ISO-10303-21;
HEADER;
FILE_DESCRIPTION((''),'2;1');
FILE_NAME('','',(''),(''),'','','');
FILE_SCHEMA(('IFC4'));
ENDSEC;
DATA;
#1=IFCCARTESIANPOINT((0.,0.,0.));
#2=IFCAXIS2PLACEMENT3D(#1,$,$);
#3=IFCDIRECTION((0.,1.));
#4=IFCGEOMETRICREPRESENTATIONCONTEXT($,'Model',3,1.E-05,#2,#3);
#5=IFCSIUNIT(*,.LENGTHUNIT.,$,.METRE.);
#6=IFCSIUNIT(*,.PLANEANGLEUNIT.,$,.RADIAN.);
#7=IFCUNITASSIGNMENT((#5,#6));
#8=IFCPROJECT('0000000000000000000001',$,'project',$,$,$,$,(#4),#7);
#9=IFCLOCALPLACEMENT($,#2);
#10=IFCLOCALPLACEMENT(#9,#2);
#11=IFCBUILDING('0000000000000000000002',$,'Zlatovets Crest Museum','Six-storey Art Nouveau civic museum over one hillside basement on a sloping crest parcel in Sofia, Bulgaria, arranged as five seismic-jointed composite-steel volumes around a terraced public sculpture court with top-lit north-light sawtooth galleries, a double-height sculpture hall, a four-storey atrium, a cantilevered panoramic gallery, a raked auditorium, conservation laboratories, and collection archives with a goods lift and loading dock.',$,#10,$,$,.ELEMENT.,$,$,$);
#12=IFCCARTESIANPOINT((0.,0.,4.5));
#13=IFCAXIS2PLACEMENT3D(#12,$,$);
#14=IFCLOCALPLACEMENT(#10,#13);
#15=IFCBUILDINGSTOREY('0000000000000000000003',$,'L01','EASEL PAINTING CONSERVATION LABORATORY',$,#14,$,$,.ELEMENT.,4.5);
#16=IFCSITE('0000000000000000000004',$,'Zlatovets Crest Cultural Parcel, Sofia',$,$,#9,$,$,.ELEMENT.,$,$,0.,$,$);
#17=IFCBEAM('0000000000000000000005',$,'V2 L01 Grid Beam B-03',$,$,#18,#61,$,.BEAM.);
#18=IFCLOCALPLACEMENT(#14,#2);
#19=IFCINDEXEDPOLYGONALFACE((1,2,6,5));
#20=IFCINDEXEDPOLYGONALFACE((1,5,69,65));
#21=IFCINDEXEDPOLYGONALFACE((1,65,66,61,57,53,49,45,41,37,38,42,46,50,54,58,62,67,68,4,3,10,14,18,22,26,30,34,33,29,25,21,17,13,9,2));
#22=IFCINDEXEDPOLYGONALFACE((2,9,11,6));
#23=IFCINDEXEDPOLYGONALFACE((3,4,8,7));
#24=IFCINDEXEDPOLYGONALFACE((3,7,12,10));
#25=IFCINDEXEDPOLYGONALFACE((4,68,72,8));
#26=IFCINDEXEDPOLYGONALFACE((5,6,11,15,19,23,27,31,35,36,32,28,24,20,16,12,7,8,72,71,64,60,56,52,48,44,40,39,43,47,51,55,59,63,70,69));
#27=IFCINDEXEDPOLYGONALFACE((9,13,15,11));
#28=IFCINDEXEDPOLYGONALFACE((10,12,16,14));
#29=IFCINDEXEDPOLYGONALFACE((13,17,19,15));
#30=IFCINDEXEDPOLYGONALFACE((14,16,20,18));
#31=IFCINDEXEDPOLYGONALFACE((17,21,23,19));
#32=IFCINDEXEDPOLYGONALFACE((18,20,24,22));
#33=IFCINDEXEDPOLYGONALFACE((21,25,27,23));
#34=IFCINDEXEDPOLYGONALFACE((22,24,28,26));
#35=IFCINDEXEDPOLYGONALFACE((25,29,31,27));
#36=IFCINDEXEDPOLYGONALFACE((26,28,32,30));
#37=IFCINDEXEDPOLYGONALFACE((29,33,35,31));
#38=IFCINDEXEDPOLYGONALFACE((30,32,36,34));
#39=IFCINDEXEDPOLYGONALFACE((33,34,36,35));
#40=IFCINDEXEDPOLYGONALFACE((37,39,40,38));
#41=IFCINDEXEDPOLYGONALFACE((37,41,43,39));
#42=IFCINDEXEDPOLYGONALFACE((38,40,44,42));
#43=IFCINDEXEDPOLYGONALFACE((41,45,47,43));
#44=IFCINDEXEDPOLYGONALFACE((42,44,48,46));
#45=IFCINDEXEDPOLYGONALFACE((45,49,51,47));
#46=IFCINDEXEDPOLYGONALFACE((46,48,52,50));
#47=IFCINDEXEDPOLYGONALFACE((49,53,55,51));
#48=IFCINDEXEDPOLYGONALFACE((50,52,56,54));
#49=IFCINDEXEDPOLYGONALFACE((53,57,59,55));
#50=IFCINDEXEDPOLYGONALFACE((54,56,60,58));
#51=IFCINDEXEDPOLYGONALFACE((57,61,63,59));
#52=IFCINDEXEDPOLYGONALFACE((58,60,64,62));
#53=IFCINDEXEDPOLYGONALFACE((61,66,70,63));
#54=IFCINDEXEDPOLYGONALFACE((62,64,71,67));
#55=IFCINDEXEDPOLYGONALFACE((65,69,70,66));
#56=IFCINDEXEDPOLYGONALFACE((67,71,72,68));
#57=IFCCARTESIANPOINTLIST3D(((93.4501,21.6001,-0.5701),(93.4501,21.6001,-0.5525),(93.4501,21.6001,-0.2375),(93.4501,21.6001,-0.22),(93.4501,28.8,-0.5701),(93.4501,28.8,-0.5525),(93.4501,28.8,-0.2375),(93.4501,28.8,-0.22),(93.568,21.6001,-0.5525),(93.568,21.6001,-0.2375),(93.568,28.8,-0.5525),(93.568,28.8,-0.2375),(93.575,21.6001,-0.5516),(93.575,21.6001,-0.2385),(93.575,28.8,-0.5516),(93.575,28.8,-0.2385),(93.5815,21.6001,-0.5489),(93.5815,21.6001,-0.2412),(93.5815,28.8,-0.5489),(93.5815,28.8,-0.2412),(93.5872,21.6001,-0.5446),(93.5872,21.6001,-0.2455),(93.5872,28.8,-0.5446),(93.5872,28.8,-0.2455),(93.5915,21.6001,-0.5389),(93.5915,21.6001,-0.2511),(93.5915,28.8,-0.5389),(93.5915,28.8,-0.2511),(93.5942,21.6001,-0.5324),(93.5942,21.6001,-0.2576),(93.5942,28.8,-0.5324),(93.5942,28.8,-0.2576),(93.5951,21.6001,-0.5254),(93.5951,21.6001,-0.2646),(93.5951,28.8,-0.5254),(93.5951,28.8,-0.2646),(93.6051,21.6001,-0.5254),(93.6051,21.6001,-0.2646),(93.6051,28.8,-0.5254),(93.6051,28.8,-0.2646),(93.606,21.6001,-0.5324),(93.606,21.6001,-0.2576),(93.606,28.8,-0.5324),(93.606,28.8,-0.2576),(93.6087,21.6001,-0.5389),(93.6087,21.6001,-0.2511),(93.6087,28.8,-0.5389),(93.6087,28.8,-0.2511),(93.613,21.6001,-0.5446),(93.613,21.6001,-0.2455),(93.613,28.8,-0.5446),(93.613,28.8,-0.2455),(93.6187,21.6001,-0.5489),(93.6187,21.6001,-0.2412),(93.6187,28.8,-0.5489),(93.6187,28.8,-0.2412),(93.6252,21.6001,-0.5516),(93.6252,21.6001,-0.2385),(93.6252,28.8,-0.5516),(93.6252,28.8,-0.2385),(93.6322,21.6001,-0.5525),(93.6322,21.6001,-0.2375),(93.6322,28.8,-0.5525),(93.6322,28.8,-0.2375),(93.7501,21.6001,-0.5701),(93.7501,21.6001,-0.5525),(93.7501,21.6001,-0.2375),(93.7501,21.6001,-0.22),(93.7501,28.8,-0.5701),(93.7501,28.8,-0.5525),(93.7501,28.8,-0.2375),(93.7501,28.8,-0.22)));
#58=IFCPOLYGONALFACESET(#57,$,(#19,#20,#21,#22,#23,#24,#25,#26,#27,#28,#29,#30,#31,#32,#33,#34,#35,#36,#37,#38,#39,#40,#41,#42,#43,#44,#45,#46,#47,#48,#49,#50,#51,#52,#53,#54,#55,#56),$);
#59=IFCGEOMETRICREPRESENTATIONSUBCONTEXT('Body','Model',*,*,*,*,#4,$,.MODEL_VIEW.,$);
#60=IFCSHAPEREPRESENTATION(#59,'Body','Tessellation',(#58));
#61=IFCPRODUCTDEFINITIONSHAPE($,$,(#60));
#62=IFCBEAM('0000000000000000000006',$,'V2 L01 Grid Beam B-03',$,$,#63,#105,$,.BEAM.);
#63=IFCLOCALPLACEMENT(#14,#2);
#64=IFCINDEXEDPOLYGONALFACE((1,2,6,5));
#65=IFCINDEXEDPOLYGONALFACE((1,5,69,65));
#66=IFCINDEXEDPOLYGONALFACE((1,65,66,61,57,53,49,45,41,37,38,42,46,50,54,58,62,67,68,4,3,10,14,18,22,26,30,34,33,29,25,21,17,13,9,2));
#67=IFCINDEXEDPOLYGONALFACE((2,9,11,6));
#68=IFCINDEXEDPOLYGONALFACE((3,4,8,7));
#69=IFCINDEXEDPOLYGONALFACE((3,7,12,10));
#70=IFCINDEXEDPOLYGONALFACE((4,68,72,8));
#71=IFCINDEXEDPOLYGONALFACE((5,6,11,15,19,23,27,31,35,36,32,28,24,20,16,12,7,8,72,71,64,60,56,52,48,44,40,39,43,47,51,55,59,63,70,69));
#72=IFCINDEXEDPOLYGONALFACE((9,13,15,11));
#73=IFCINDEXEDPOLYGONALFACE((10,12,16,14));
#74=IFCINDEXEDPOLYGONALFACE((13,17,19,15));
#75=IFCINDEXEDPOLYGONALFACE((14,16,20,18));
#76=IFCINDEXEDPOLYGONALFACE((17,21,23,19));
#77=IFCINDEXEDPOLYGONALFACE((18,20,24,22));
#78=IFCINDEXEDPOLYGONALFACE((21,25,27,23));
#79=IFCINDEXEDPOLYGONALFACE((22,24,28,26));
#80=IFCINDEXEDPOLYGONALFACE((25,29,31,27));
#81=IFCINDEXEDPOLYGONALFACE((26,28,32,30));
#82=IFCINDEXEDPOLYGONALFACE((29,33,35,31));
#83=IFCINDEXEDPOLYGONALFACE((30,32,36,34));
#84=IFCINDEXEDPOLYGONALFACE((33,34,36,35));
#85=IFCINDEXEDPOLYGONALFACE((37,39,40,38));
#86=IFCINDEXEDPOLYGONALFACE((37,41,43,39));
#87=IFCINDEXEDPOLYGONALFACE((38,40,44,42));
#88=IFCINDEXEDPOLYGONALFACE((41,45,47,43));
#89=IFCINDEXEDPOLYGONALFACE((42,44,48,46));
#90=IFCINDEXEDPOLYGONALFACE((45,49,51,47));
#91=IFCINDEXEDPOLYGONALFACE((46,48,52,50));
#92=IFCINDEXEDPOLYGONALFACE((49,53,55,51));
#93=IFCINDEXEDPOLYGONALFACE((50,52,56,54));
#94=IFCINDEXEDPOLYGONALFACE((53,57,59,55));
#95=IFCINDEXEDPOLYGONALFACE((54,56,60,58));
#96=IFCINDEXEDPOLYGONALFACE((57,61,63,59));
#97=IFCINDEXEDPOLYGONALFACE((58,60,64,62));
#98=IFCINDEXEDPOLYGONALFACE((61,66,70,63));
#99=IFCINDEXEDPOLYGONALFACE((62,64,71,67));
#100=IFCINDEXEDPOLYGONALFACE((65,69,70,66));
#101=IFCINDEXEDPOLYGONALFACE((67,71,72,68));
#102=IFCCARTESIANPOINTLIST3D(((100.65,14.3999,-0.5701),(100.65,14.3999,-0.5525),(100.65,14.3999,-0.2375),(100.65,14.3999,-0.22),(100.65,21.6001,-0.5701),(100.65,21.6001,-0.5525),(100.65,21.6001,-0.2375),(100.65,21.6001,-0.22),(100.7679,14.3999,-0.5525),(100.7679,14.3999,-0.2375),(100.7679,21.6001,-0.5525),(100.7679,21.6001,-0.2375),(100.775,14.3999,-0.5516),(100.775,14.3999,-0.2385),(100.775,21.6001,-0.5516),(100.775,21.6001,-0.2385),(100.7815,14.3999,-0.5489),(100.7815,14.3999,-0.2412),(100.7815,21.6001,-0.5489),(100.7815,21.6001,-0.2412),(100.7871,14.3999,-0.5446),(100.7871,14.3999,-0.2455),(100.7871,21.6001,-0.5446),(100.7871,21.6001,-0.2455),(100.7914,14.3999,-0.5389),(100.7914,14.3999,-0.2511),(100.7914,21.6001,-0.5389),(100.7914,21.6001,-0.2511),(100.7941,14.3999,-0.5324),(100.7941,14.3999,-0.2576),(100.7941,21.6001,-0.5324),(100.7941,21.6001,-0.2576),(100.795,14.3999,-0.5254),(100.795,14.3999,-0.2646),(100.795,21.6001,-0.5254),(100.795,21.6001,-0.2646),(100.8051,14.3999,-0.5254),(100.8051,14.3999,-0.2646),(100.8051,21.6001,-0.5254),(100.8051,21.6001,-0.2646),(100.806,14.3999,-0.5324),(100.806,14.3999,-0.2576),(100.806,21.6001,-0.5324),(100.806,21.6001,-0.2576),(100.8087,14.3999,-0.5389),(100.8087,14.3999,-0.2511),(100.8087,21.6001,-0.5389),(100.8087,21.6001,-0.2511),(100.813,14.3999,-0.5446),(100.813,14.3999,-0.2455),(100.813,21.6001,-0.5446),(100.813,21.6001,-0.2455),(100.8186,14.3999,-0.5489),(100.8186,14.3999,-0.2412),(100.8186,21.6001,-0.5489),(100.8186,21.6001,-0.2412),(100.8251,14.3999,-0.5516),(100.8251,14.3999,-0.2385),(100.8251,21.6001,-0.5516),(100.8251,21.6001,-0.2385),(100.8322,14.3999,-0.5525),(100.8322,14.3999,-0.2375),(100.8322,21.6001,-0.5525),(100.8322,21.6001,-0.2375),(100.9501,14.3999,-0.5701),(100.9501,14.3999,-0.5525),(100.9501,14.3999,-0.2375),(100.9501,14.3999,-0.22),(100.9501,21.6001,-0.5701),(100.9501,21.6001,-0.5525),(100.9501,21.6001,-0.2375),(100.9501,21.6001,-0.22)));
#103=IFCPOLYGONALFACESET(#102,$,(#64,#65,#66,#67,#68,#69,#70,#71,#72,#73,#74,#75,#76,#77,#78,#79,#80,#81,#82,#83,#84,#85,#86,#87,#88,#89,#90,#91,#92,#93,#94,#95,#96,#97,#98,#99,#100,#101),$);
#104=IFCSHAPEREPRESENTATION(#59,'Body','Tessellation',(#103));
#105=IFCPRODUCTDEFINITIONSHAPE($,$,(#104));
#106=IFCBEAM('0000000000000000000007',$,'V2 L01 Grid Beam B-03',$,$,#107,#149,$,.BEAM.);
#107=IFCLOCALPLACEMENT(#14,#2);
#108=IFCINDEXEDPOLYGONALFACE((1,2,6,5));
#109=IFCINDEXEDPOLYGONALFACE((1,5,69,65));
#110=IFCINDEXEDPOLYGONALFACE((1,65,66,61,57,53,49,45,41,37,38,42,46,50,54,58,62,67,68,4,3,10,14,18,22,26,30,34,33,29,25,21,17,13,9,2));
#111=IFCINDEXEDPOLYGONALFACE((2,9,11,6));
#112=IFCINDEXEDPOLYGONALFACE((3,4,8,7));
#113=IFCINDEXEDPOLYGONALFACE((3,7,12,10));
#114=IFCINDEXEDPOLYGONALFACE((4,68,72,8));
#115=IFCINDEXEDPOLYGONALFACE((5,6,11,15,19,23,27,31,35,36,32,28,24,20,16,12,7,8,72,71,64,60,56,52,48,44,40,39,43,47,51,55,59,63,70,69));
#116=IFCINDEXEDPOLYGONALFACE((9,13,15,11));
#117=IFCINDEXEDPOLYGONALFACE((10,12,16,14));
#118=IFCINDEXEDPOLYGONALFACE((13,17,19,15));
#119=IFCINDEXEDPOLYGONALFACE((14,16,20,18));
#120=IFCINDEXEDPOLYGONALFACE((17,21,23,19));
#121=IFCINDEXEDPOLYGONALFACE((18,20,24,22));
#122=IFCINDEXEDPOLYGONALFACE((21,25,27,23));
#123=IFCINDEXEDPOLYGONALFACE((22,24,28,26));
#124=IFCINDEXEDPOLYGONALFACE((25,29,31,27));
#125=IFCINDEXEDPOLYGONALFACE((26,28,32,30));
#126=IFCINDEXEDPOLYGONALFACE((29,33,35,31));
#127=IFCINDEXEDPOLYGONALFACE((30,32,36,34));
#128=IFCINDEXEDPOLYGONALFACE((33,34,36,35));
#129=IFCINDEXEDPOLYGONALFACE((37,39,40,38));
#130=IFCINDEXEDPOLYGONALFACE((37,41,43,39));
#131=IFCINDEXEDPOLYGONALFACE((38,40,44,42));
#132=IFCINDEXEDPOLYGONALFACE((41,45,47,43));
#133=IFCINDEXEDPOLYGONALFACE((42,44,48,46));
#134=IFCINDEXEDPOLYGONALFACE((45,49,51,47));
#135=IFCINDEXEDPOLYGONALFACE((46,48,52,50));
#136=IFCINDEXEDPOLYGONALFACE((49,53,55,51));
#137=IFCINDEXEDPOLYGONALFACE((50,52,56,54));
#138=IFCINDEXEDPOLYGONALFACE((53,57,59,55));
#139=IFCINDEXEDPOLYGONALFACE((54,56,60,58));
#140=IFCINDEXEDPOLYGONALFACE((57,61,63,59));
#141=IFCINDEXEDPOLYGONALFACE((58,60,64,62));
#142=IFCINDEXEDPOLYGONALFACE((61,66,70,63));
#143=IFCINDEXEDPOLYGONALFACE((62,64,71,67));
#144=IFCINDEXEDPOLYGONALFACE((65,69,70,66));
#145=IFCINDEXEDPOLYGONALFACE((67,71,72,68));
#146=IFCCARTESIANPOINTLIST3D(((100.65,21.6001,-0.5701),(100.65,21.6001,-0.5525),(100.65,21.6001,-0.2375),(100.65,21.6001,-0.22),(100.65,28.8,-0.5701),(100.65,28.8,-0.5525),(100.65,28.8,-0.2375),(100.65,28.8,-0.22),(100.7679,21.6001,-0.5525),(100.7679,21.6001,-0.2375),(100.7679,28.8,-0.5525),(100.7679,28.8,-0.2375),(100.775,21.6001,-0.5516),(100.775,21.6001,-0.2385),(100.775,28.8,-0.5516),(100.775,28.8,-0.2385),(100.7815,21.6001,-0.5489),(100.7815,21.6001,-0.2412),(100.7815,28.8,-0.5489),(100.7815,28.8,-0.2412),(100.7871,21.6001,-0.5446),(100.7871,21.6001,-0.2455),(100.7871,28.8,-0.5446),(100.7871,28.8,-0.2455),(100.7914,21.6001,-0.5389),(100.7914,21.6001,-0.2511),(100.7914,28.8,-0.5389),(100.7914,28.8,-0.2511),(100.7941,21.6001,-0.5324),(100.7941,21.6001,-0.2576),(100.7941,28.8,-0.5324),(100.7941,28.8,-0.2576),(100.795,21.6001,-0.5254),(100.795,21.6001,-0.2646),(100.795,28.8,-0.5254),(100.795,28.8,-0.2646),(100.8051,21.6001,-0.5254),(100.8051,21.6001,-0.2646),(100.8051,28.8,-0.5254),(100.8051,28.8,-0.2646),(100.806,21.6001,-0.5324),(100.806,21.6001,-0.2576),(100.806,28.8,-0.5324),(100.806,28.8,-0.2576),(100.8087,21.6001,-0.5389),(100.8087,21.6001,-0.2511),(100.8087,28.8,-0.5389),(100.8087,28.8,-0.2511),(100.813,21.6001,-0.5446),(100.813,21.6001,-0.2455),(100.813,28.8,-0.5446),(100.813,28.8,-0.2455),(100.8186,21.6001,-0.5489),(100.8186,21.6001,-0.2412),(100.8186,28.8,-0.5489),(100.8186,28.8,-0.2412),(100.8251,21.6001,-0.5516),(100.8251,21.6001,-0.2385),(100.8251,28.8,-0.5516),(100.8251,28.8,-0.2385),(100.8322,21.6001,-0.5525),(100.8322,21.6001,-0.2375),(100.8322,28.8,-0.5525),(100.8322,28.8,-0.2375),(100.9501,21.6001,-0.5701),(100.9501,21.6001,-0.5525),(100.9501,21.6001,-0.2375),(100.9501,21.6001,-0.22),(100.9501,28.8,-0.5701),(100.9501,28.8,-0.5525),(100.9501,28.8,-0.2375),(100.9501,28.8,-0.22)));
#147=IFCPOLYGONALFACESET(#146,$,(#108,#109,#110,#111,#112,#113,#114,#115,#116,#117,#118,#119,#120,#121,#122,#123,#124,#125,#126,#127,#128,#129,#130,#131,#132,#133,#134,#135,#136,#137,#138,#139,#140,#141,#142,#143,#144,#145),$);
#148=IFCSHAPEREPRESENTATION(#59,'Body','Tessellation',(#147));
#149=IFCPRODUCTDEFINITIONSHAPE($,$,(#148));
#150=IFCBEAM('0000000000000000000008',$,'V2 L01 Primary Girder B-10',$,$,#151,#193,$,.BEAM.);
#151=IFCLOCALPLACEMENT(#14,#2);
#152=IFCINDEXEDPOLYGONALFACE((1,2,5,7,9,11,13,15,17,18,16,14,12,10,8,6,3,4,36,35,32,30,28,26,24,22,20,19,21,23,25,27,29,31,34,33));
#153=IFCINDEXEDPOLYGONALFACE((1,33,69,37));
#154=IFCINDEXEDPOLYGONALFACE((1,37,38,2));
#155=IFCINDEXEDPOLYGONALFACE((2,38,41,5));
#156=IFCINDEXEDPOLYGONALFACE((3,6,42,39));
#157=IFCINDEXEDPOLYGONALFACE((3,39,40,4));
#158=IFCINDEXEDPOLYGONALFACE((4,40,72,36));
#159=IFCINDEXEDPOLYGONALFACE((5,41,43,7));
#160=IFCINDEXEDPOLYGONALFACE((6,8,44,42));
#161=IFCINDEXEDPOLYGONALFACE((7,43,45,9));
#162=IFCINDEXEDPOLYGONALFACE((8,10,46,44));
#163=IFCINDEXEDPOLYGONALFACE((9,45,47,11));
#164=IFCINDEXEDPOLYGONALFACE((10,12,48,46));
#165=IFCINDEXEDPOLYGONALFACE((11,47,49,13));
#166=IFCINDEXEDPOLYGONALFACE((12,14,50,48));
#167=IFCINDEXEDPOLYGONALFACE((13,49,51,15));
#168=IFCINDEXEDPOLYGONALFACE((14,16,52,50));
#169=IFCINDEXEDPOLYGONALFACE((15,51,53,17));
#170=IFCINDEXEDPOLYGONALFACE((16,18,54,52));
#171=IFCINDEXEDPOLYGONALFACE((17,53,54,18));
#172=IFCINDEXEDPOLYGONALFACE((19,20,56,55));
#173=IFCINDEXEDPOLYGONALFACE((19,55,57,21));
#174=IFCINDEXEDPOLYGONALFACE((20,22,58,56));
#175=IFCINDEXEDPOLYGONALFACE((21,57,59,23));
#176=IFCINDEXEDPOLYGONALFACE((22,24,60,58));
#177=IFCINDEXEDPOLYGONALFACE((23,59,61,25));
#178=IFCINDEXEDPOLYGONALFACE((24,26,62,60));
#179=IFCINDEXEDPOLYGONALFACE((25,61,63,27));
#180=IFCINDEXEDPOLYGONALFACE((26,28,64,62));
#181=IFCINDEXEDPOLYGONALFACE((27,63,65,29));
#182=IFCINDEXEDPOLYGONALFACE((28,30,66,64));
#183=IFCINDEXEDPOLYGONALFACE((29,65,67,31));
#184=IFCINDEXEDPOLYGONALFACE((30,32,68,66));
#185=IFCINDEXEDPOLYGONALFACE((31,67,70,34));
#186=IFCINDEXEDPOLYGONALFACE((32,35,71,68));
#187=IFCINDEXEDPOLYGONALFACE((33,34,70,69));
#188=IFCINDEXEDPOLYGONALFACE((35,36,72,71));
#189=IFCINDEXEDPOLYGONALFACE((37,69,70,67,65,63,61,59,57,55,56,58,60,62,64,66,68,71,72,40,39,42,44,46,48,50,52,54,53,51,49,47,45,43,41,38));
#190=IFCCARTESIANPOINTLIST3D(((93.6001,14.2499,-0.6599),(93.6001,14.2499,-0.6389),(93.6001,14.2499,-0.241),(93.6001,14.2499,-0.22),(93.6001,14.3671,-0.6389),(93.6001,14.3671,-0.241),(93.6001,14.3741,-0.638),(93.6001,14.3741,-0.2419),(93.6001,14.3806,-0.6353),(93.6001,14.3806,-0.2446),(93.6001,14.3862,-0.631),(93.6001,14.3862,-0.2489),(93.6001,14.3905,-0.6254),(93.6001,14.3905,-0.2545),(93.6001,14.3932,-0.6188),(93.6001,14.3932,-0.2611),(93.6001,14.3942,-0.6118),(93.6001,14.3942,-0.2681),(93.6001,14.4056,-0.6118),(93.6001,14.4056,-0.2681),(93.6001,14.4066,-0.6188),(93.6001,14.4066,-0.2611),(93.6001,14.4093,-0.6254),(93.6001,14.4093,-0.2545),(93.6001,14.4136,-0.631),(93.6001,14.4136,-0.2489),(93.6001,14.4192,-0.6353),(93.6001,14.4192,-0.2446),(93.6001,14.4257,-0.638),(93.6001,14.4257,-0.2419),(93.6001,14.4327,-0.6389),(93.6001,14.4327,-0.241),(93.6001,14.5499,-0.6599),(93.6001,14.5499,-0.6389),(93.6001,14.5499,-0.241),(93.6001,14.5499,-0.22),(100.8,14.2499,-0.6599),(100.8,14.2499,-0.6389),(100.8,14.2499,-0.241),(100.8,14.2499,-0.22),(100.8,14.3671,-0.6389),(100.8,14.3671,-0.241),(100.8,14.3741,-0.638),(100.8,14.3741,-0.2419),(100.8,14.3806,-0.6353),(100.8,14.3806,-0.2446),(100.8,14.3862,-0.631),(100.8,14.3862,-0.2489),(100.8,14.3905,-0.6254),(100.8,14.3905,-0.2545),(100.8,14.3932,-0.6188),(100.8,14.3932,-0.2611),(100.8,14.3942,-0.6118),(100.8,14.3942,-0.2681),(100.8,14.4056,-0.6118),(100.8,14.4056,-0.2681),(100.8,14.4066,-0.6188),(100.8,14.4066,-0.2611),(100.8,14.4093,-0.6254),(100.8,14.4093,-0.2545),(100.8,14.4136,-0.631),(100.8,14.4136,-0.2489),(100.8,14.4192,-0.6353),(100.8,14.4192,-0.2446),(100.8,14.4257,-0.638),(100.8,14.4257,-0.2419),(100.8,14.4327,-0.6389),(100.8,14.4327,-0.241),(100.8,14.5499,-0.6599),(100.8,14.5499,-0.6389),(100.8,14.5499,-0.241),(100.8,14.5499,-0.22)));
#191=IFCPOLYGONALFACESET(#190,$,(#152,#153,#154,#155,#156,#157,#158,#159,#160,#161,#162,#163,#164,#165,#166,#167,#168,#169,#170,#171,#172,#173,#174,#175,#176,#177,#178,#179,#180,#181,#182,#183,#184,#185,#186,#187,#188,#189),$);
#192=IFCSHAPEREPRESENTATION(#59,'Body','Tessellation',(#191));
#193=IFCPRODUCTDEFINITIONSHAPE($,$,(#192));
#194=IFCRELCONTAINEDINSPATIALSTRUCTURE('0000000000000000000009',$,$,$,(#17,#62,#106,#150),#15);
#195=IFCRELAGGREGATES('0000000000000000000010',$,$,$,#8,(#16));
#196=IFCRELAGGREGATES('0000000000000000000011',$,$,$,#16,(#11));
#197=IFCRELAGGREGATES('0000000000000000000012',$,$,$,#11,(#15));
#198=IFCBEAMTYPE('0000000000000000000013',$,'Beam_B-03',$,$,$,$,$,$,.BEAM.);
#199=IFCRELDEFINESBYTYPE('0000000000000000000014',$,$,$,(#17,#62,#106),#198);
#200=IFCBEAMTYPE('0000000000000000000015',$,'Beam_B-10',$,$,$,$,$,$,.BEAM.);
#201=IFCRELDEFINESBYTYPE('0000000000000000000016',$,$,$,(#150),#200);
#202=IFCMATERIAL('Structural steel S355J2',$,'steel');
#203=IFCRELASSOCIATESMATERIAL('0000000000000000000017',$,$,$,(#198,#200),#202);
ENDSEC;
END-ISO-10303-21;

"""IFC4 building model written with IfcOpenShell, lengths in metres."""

from ifc_helpers import new_model, si_unit, direction, frame, origin, origin_2d, place, context, subcontext, project, spatial, i_section, extrude, material, material_profile, profile_set, type_object, element, save


model = new_model("IFC4")

# Units and contexts
model_context = context("Model", 3, precision=1e-05, world=origin(), true_north=direction((0.0, 1.0)))
body_context = subcontext(model_context, "Body", "Model", "MODEL_VIEW")
ifc_project = project(units=[si_unit("LENGTHUNIT", "METRE"), si_unit("PLANEANGLEUNIT", "RADIAN")], contexts=[model_context])

# Site, building, storey
site_placement = place(None, origin())
site = spatial("IfcSite", under=ifc_project, at=site_placement, Name="Zlatovets Crest Cultural Parcel, Sofia", CompositionType="ELEMENT", RefElevation=0.0)
building_placement = place(site_placement, origin())
building = spatial("IfcBuilding", under=site, at=building_placement, Name="Zlatovets Crest Museum", Description="Six-storey Art Nouveau civic museum over one hillside basement on a sloping crest parcel in Sofia, Bulgaria, arranged as five seismic-jointed composite-steel volumes around a terraced public sculpture court with top-lit north-light sawtooth galleries, a double-height sculpture hall, a four-storey atrium, a cantilevered panoramic gallery, a raked auditorium, conservation laboratories, and collection archives with a goods lift and loading dock.", CompositionType="ELEMENT")
storey_placement = place(building_placement, frame((0.0, 0.0, 4.5)))
storey = spatial("IfcBuildingStorey", under=building, at=storey_placement, Name="L01", Description="EASEL PAINTING CONSERVATION LABORATORY", CompositionType="ELEMENT", Elevation=4.5)

# Shared definitions
ifc_material_1 = material(Name="Structural steel S355J2", Category="steel")

# Beams
ifc_material_profile_1 = material_profile(ifc_material_1, i_section(OverallWidth=0.3, OverallDepth=0.3501, WebThickness=0.01, FlangeThickness=0.0176, FilletRadius=0.0271, at=origin_2d()), Name="HEA 360")
ifc_profile_set_1 = profile_set([ifc_material_profile_1], Name="Structural steel S355J2")
beam_type_1 = type_object("IfcBeamType", Name="Beam_B-03", PredefinedType="BEAM", material=ifc_profile_set_1)
beam_1_placement = place(storey_placement, frame((93.6001, 21.6001, -0.395), z_axis=(0.0, 1.0, 0.0), x_axis=(-1.0, 0.0, 0.0)))
element("IfcBeam", 1, at=beam_1_placement, inside=storey, type_object=beam_type_1, Name="V2 L01 Grid Beam B-03", PredefinedType="BEAM", context=body_context, shape_type="SweptSolid", body=[
    extrude(i_section(OverallWidth=0.3, OverallDepth=0.3501, WebThickness=0.01, FlangeThickness=0.0176, FilletRadius=0.0271, at=origin_2d()), origin(), (0.0, 0.0, 1.0), 7.2),
])
beam_2_placement = place(storey_placement, frame((100.8, 14.3999, -0.395), z_axis=(0.0, 1.0, 0.0), x_axis=(-1.0, 0.0, 0.0)))
element("IfcBeam", 2, at=beam_2_placement, inside=storey, type_object=beam_type_1, Name="V2 L01 Grid Beam B-03", PredefinedType="BEAM", context=body_context, shape_type="SweptSolid", body=[
    extrude(i_section(OverallWidth=0.3, OverallDepth=0.3501, WebThickness=0.01, FlangeThickness=0.0176, FilletRadius=0.0271, at=origin_2d()), origin(), (0.0, 0.0, 1.0), 7.2002),
])
beam_3_placement = place(storey_placement, frame((100.8, 21.6001, -0.395), z_axis=(0.0, 1.0, 0.0), x_axis=(-1.0, 0.0, 0.0)))
element("IfcBeam", 3, at=beam_3_placement, inside=storey, type_object=beam_type_1, Name="V2 L01 Grid Beam B-03", PredefinedType="BEAM", context=body_context, shape_type="SweptSolid", body=[
    extrude(i_section(OverallWidth=0.3, OverallDepth=0.3501, WebThickness=0.01, FlangeThickness=0.0176, FilletRadius=0.0271, at=origin_2d()), origin(), (0.0, 0.0, 1.0), 7.2),
])
ifc_material_profile_2 = material_profile(ifc_material_1, i_section(OverallWidth=0.3, OverallDepth=0.4399, WebThickness=0.0115, FlangeThickness=0.021, FilletRadius=0.0271, at=origin_2d()), Name="HEA 450")
ifc_profile_set_2 = profile_set([ifc_material_profile_2], Name="Structural steel S355J2")
beam_type_2 = type_object("IfcBeamType", Name="Beam_B-10", PredefinedType="BEAM", material=ifc_profile_set_2)
beam_4_placement = place(storey_placement, frame((93.6001, 14.3999, -0.4399), z_axis=(1.0, 0.0, 0.0), x_axis=(0.0, 1.0, 0.0)))
element("IfcBeam", 4, at=beam_4_placement, inside=storey, type_object=beam_type_2, Name="V2 L01 Primary Girder B-10", PredefinedType="BEAM", context=body_context, shape_type="SweptSolid", body=[
    extrude(i_section(OverallWidth=0.3, OverallDepth=0.4399, WebThickness=0.0115, FlangeThickness=0.021, FilletRadius=0.0271, at=origin_2d()), origin(), (0.0, 0.0, 1.0), 7.2),
])

save(model, "model.ifc")
